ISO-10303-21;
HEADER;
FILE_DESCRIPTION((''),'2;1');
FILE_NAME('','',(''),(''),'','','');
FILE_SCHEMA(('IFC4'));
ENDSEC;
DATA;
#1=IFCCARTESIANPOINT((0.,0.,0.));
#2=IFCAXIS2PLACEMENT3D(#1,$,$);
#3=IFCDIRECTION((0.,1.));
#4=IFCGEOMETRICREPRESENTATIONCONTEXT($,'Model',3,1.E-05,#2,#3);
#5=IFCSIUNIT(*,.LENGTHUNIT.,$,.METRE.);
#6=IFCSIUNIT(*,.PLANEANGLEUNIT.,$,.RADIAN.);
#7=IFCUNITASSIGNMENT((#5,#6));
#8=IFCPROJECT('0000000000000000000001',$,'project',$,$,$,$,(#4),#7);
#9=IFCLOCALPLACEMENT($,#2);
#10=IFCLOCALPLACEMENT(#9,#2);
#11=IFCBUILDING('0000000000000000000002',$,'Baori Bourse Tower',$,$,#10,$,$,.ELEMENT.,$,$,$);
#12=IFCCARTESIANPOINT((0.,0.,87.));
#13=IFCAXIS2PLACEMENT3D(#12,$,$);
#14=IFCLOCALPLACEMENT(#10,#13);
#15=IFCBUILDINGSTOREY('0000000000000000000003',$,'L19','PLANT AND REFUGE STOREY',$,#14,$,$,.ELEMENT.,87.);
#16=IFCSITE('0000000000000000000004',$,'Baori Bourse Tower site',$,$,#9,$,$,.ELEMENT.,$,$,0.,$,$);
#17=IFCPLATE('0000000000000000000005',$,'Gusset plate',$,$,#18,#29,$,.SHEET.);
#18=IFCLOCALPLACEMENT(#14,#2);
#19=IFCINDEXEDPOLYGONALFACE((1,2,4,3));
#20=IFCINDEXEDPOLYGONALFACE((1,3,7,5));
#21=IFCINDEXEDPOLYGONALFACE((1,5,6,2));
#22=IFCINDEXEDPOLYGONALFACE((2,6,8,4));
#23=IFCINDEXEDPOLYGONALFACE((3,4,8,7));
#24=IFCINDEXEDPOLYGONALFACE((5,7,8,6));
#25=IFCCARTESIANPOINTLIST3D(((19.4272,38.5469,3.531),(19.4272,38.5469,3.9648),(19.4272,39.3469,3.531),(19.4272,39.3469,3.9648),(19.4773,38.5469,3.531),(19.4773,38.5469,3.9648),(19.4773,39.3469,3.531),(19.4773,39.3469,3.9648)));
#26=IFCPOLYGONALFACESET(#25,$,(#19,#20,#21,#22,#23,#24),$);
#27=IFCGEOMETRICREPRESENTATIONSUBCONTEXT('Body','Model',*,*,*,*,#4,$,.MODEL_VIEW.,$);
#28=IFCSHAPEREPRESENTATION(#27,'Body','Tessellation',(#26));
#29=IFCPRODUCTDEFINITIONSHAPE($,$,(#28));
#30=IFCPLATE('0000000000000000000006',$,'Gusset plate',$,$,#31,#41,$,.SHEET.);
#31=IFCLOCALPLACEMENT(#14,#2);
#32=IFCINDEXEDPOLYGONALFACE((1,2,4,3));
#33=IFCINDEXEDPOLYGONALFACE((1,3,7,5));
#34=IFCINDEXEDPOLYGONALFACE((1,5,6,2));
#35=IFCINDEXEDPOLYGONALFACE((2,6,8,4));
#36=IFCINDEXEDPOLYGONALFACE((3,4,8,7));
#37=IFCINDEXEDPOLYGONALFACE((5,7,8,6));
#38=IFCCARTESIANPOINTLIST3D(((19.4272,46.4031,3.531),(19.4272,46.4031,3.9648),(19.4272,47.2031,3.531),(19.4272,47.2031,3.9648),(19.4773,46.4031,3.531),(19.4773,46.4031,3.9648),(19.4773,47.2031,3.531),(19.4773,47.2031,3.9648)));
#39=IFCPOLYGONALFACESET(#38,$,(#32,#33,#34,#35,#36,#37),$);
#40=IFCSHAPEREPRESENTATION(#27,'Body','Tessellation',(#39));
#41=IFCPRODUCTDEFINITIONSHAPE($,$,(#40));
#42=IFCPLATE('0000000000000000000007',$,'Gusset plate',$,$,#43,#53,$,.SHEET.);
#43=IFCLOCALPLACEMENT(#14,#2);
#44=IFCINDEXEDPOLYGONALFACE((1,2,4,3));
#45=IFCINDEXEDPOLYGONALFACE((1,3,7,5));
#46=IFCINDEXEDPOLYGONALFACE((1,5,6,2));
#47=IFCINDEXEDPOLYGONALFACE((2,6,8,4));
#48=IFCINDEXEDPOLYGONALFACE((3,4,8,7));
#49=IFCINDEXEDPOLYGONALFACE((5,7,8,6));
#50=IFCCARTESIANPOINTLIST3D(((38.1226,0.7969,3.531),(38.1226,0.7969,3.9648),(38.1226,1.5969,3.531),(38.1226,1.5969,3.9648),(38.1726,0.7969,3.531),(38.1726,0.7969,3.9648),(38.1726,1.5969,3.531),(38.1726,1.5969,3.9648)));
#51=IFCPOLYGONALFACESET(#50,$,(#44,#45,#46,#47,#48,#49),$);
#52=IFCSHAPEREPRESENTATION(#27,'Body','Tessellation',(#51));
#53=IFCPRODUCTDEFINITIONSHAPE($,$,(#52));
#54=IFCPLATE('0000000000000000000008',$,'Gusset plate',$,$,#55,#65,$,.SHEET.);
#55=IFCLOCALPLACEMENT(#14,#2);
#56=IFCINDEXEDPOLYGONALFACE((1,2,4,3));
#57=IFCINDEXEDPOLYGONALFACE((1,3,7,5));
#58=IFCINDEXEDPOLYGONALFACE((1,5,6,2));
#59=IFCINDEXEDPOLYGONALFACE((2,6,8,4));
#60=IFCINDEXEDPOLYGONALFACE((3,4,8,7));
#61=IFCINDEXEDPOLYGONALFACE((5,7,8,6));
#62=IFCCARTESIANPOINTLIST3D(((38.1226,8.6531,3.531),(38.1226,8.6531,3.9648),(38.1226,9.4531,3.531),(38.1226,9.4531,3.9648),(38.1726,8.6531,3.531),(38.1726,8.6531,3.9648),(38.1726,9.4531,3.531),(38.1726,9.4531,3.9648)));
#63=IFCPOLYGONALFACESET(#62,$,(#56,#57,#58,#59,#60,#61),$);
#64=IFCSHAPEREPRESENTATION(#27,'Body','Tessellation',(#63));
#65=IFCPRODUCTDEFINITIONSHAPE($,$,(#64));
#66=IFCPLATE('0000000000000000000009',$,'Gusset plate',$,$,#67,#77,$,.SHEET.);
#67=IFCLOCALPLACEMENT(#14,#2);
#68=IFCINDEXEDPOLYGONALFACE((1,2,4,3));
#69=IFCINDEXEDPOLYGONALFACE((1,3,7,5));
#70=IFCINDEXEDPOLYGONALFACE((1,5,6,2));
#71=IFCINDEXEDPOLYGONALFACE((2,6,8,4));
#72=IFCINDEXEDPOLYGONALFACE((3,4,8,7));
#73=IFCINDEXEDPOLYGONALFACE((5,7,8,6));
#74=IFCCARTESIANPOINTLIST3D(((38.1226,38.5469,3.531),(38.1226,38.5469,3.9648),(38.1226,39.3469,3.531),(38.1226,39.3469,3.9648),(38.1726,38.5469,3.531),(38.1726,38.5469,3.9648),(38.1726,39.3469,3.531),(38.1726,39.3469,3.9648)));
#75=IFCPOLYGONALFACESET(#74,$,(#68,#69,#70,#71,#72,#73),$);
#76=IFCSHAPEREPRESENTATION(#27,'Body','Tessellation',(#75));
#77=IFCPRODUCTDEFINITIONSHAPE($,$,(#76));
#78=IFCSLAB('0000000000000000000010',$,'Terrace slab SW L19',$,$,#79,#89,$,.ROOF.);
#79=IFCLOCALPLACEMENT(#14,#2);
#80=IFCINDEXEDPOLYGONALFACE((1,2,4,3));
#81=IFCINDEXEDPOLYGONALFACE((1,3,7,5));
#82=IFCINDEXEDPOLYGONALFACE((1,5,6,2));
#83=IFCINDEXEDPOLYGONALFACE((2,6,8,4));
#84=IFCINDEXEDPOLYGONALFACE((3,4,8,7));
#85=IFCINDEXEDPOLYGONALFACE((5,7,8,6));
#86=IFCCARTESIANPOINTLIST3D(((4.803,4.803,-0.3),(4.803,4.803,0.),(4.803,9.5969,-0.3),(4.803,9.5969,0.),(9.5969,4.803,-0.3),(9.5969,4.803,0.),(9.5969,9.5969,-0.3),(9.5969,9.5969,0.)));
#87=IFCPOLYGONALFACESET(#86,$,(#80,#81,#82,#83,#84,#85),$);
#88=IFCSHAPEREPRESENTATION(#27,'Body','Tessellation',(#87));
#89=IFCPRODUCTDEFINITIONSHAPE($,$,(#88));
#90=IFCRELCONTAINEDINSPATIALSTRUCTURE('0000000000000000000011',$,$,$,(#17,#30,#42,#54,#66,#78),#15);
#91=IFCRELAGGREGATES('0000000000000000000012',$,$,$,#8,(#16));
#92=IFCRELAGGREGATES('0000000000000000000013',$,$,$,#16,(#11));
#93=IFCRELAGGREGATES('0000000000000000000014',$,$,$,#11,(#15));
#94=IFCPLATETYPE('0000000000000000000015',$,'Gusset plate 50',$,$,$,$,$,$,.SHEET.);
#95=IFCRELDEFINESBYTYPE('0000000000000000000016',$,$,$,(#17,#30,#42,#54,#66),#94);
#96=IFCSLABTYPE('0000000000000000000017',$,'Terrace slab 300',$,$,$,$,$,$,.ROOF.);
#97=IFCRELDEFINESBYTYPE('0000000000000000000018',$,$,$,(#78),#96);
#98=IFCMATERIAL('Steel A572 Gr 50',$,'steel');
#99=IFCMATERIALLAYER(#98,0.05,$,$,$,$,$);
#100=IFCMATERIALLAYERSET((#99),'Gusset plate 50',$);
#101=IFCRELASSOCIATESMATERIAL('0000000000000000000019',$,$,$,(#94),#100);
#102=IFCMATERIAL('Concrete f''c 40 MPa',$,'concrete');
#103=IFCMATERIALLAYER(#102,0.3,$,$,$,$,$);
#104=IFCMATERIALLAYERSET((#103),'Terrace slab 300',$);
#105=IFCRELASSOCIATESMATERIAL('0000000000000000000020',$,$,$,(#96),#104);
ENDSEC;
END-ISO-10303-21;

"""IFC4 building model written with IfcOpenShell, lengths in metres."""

from ifc_helpers import new_model, si_unit, direction, frame, origin, place, context, subcontext, project, spatial, polyline, outline, extrude, material, layer, layer_set, type_object, element, save


model = new_model("IFC4")

# Units and contexts
model_context = context("Model", 3, precision=1e-05, world=origin(), true_north=direction((0.0, 1.0)))
body_context = subcontext(model_context, "Body", "Model", "MODEL_VIEW")
ifc_project = project(units=[si_unit("LENGTHUNIT", "METRE"), si_unit("PLANEANGLEUNIT", "RADIAN")], contexts=[model_context])

# Site, building, storey
site_placement = place(None, origin())
site = spatial("IfcSite", under=ifc_project, at=site_placement, Name="Baori Bourse Tower site", CompositionType="ELEMENT", RefElevation=0.0)
building_placement = place(site_placement, origin())
building = spatial("IfcBuilding", under=site, at=building_placement, Name="Baori Bourse Tower", CompositionType="ELEMENT")
storey_placement = place(building_placement, frame((0.0, 0.0, 87.0)))
storey = spatial("IfcBuildingStorey", under=building, at=storey_placement, Name="L19", Description="PLANT AND REFUGE STOREY", CompositionType="ELEMENT", Elevation=87.0)

# Plates
ifc_material_1 = material(Name="Steel A572 Gr 50", Category="steel")
ifc_layer_1 = layer(ifc_material_1, 0.05)
ifc_layer_set_1 = layer_set([ifc_layer_1], Name="Gusset plate 50")
plate_type_1 = type_object("IfcPlateType", Name="Gusset plate 50", PredefinedType="SHEET", material=ifc_layer_set_1)
plate_1_placement = place(storey_placement, frame((0.0, 0.0, 3.531)))
element("IfcPlate", 1, at=plate_1_placement, inside=storey, type_object=plate_type_1, Name="Gusset plate", PredefinedType="SHEET", context=body_context, shape_type="SweptSolid", body=[
    extrude(outline(polyline([(19.4272, 38.5469), (19.4773, 38.5469), (19.4773, 39.3469), (19.4272, 39.3469), (19.4272, 38.5469)])), origin(), (0.0, 0.0, 1.0), 0.4338),
])
plate_2_placement = place(storey_placement, frame((0.0, 0.0, 3.531)))
element("IfcPlate", 2, at=plate_2_placement, inside=storey, type_object=plate_type_1, Name="Gusset plate", PredefinedType="SHEET", context=body_context, shape_type="SweptSolid", body=[
    extrude(outline(polyline([(19.4272, 46.4031), (19.4773, 46.4031), (19.4773, 47.2031), (19.4272, 47.2031), (19.4272, 46.4031)])), origin(), (0.0, 0.0, 1.0), 0.4338),
])
plate_3_placement = place(storey_placement, frame((0.0, 0.0, 3.531)))
element("IfcPlate", 3, at=plate_3_placement, inside=storey, type_object=plate_type_1, Name="Gusset plate", PredefinedType="SHEET", context=body_context, shape_type="SweptSolid", body=[
    extrude(outline(polyline([(38.1226, 0.7969), (38.1726, 0.7969), (38.1726, 1.5969), (38.1226, 1.5969), (38.1226, 0.7969)])), origin(), (0.0, 0.0, 1.0), 0.4338),
])
plate_4_placement = place(storey_placement, frame((0.0, 0.0, 3.531)))
element("IfcPlate", 4, at=plate_4_placement, inside=storey, type_object=plate_type_1, Name="Gusset plate", PredefinedType="SHEET", context=body_context, shape_type="SweptSolid", body=[
    extrude(outline(polyline([(38.1226, 8.6531), (38.1726, 8.6531), (38.1726, 9.4531), (38.1226, 9.4531), (38.1226, 8.6531)])), origin(), (0.0, 0.0, 1.0), 0.4338),
])
plate_5_placement = place(storey_placement, frame((0.0, 0.0, 3.531)))
element("IfcPlate", 5, at=plate_5_placement, inside=storey, type_object=plate_type_1, Name="Gusset plate", PredefinedType="SHEET", context=body_context, shape_type="SweptSolid", body=[
    extrude(outline(polyline([(38.1226, 38.5469), (38.1726, 38.5469), (38.1726, 39.3469), (38.1226, 39.3469), (38.1226, 38.5469)])), origin(), (0.0, 0.0, 1.0), 0.4338),
])

# Slab
ifc_material_2 = material(Name="Concrete f'c 40 MPa", Category="concrete")
ifc_layer_2 = layer(ifc_material_2, 0.3)
ifc_layer_set_2 = layer_set([ifc_layer_2], Name="Terrace slab 300")
slab_type = type_object("IfcSlabType", Name="Terrace slab 300", PredefinedType="ROOF", material=ifc_layer_set_2)
slab_placement = place(storey_placement, frame((0.0, 0.0, -0.3)))
element("IfcSlab", 6, at=slab_placement, inside=storey, type_object=slab_type, Name="Terrace slab SW L19", PredefinedType="ROOF", context=body_context, shape_type="SweptSolid", body=[
    extrude(outline(polyline([(9.5969, 4.803), (4.803, 4.803), (4.803, 9.5969), (9.5969, 9.5969), (9.5969, 4.803)])), origin(), (0.0, 0.0, 1.0), 0.3),
])

save(model, "model.ifc")
